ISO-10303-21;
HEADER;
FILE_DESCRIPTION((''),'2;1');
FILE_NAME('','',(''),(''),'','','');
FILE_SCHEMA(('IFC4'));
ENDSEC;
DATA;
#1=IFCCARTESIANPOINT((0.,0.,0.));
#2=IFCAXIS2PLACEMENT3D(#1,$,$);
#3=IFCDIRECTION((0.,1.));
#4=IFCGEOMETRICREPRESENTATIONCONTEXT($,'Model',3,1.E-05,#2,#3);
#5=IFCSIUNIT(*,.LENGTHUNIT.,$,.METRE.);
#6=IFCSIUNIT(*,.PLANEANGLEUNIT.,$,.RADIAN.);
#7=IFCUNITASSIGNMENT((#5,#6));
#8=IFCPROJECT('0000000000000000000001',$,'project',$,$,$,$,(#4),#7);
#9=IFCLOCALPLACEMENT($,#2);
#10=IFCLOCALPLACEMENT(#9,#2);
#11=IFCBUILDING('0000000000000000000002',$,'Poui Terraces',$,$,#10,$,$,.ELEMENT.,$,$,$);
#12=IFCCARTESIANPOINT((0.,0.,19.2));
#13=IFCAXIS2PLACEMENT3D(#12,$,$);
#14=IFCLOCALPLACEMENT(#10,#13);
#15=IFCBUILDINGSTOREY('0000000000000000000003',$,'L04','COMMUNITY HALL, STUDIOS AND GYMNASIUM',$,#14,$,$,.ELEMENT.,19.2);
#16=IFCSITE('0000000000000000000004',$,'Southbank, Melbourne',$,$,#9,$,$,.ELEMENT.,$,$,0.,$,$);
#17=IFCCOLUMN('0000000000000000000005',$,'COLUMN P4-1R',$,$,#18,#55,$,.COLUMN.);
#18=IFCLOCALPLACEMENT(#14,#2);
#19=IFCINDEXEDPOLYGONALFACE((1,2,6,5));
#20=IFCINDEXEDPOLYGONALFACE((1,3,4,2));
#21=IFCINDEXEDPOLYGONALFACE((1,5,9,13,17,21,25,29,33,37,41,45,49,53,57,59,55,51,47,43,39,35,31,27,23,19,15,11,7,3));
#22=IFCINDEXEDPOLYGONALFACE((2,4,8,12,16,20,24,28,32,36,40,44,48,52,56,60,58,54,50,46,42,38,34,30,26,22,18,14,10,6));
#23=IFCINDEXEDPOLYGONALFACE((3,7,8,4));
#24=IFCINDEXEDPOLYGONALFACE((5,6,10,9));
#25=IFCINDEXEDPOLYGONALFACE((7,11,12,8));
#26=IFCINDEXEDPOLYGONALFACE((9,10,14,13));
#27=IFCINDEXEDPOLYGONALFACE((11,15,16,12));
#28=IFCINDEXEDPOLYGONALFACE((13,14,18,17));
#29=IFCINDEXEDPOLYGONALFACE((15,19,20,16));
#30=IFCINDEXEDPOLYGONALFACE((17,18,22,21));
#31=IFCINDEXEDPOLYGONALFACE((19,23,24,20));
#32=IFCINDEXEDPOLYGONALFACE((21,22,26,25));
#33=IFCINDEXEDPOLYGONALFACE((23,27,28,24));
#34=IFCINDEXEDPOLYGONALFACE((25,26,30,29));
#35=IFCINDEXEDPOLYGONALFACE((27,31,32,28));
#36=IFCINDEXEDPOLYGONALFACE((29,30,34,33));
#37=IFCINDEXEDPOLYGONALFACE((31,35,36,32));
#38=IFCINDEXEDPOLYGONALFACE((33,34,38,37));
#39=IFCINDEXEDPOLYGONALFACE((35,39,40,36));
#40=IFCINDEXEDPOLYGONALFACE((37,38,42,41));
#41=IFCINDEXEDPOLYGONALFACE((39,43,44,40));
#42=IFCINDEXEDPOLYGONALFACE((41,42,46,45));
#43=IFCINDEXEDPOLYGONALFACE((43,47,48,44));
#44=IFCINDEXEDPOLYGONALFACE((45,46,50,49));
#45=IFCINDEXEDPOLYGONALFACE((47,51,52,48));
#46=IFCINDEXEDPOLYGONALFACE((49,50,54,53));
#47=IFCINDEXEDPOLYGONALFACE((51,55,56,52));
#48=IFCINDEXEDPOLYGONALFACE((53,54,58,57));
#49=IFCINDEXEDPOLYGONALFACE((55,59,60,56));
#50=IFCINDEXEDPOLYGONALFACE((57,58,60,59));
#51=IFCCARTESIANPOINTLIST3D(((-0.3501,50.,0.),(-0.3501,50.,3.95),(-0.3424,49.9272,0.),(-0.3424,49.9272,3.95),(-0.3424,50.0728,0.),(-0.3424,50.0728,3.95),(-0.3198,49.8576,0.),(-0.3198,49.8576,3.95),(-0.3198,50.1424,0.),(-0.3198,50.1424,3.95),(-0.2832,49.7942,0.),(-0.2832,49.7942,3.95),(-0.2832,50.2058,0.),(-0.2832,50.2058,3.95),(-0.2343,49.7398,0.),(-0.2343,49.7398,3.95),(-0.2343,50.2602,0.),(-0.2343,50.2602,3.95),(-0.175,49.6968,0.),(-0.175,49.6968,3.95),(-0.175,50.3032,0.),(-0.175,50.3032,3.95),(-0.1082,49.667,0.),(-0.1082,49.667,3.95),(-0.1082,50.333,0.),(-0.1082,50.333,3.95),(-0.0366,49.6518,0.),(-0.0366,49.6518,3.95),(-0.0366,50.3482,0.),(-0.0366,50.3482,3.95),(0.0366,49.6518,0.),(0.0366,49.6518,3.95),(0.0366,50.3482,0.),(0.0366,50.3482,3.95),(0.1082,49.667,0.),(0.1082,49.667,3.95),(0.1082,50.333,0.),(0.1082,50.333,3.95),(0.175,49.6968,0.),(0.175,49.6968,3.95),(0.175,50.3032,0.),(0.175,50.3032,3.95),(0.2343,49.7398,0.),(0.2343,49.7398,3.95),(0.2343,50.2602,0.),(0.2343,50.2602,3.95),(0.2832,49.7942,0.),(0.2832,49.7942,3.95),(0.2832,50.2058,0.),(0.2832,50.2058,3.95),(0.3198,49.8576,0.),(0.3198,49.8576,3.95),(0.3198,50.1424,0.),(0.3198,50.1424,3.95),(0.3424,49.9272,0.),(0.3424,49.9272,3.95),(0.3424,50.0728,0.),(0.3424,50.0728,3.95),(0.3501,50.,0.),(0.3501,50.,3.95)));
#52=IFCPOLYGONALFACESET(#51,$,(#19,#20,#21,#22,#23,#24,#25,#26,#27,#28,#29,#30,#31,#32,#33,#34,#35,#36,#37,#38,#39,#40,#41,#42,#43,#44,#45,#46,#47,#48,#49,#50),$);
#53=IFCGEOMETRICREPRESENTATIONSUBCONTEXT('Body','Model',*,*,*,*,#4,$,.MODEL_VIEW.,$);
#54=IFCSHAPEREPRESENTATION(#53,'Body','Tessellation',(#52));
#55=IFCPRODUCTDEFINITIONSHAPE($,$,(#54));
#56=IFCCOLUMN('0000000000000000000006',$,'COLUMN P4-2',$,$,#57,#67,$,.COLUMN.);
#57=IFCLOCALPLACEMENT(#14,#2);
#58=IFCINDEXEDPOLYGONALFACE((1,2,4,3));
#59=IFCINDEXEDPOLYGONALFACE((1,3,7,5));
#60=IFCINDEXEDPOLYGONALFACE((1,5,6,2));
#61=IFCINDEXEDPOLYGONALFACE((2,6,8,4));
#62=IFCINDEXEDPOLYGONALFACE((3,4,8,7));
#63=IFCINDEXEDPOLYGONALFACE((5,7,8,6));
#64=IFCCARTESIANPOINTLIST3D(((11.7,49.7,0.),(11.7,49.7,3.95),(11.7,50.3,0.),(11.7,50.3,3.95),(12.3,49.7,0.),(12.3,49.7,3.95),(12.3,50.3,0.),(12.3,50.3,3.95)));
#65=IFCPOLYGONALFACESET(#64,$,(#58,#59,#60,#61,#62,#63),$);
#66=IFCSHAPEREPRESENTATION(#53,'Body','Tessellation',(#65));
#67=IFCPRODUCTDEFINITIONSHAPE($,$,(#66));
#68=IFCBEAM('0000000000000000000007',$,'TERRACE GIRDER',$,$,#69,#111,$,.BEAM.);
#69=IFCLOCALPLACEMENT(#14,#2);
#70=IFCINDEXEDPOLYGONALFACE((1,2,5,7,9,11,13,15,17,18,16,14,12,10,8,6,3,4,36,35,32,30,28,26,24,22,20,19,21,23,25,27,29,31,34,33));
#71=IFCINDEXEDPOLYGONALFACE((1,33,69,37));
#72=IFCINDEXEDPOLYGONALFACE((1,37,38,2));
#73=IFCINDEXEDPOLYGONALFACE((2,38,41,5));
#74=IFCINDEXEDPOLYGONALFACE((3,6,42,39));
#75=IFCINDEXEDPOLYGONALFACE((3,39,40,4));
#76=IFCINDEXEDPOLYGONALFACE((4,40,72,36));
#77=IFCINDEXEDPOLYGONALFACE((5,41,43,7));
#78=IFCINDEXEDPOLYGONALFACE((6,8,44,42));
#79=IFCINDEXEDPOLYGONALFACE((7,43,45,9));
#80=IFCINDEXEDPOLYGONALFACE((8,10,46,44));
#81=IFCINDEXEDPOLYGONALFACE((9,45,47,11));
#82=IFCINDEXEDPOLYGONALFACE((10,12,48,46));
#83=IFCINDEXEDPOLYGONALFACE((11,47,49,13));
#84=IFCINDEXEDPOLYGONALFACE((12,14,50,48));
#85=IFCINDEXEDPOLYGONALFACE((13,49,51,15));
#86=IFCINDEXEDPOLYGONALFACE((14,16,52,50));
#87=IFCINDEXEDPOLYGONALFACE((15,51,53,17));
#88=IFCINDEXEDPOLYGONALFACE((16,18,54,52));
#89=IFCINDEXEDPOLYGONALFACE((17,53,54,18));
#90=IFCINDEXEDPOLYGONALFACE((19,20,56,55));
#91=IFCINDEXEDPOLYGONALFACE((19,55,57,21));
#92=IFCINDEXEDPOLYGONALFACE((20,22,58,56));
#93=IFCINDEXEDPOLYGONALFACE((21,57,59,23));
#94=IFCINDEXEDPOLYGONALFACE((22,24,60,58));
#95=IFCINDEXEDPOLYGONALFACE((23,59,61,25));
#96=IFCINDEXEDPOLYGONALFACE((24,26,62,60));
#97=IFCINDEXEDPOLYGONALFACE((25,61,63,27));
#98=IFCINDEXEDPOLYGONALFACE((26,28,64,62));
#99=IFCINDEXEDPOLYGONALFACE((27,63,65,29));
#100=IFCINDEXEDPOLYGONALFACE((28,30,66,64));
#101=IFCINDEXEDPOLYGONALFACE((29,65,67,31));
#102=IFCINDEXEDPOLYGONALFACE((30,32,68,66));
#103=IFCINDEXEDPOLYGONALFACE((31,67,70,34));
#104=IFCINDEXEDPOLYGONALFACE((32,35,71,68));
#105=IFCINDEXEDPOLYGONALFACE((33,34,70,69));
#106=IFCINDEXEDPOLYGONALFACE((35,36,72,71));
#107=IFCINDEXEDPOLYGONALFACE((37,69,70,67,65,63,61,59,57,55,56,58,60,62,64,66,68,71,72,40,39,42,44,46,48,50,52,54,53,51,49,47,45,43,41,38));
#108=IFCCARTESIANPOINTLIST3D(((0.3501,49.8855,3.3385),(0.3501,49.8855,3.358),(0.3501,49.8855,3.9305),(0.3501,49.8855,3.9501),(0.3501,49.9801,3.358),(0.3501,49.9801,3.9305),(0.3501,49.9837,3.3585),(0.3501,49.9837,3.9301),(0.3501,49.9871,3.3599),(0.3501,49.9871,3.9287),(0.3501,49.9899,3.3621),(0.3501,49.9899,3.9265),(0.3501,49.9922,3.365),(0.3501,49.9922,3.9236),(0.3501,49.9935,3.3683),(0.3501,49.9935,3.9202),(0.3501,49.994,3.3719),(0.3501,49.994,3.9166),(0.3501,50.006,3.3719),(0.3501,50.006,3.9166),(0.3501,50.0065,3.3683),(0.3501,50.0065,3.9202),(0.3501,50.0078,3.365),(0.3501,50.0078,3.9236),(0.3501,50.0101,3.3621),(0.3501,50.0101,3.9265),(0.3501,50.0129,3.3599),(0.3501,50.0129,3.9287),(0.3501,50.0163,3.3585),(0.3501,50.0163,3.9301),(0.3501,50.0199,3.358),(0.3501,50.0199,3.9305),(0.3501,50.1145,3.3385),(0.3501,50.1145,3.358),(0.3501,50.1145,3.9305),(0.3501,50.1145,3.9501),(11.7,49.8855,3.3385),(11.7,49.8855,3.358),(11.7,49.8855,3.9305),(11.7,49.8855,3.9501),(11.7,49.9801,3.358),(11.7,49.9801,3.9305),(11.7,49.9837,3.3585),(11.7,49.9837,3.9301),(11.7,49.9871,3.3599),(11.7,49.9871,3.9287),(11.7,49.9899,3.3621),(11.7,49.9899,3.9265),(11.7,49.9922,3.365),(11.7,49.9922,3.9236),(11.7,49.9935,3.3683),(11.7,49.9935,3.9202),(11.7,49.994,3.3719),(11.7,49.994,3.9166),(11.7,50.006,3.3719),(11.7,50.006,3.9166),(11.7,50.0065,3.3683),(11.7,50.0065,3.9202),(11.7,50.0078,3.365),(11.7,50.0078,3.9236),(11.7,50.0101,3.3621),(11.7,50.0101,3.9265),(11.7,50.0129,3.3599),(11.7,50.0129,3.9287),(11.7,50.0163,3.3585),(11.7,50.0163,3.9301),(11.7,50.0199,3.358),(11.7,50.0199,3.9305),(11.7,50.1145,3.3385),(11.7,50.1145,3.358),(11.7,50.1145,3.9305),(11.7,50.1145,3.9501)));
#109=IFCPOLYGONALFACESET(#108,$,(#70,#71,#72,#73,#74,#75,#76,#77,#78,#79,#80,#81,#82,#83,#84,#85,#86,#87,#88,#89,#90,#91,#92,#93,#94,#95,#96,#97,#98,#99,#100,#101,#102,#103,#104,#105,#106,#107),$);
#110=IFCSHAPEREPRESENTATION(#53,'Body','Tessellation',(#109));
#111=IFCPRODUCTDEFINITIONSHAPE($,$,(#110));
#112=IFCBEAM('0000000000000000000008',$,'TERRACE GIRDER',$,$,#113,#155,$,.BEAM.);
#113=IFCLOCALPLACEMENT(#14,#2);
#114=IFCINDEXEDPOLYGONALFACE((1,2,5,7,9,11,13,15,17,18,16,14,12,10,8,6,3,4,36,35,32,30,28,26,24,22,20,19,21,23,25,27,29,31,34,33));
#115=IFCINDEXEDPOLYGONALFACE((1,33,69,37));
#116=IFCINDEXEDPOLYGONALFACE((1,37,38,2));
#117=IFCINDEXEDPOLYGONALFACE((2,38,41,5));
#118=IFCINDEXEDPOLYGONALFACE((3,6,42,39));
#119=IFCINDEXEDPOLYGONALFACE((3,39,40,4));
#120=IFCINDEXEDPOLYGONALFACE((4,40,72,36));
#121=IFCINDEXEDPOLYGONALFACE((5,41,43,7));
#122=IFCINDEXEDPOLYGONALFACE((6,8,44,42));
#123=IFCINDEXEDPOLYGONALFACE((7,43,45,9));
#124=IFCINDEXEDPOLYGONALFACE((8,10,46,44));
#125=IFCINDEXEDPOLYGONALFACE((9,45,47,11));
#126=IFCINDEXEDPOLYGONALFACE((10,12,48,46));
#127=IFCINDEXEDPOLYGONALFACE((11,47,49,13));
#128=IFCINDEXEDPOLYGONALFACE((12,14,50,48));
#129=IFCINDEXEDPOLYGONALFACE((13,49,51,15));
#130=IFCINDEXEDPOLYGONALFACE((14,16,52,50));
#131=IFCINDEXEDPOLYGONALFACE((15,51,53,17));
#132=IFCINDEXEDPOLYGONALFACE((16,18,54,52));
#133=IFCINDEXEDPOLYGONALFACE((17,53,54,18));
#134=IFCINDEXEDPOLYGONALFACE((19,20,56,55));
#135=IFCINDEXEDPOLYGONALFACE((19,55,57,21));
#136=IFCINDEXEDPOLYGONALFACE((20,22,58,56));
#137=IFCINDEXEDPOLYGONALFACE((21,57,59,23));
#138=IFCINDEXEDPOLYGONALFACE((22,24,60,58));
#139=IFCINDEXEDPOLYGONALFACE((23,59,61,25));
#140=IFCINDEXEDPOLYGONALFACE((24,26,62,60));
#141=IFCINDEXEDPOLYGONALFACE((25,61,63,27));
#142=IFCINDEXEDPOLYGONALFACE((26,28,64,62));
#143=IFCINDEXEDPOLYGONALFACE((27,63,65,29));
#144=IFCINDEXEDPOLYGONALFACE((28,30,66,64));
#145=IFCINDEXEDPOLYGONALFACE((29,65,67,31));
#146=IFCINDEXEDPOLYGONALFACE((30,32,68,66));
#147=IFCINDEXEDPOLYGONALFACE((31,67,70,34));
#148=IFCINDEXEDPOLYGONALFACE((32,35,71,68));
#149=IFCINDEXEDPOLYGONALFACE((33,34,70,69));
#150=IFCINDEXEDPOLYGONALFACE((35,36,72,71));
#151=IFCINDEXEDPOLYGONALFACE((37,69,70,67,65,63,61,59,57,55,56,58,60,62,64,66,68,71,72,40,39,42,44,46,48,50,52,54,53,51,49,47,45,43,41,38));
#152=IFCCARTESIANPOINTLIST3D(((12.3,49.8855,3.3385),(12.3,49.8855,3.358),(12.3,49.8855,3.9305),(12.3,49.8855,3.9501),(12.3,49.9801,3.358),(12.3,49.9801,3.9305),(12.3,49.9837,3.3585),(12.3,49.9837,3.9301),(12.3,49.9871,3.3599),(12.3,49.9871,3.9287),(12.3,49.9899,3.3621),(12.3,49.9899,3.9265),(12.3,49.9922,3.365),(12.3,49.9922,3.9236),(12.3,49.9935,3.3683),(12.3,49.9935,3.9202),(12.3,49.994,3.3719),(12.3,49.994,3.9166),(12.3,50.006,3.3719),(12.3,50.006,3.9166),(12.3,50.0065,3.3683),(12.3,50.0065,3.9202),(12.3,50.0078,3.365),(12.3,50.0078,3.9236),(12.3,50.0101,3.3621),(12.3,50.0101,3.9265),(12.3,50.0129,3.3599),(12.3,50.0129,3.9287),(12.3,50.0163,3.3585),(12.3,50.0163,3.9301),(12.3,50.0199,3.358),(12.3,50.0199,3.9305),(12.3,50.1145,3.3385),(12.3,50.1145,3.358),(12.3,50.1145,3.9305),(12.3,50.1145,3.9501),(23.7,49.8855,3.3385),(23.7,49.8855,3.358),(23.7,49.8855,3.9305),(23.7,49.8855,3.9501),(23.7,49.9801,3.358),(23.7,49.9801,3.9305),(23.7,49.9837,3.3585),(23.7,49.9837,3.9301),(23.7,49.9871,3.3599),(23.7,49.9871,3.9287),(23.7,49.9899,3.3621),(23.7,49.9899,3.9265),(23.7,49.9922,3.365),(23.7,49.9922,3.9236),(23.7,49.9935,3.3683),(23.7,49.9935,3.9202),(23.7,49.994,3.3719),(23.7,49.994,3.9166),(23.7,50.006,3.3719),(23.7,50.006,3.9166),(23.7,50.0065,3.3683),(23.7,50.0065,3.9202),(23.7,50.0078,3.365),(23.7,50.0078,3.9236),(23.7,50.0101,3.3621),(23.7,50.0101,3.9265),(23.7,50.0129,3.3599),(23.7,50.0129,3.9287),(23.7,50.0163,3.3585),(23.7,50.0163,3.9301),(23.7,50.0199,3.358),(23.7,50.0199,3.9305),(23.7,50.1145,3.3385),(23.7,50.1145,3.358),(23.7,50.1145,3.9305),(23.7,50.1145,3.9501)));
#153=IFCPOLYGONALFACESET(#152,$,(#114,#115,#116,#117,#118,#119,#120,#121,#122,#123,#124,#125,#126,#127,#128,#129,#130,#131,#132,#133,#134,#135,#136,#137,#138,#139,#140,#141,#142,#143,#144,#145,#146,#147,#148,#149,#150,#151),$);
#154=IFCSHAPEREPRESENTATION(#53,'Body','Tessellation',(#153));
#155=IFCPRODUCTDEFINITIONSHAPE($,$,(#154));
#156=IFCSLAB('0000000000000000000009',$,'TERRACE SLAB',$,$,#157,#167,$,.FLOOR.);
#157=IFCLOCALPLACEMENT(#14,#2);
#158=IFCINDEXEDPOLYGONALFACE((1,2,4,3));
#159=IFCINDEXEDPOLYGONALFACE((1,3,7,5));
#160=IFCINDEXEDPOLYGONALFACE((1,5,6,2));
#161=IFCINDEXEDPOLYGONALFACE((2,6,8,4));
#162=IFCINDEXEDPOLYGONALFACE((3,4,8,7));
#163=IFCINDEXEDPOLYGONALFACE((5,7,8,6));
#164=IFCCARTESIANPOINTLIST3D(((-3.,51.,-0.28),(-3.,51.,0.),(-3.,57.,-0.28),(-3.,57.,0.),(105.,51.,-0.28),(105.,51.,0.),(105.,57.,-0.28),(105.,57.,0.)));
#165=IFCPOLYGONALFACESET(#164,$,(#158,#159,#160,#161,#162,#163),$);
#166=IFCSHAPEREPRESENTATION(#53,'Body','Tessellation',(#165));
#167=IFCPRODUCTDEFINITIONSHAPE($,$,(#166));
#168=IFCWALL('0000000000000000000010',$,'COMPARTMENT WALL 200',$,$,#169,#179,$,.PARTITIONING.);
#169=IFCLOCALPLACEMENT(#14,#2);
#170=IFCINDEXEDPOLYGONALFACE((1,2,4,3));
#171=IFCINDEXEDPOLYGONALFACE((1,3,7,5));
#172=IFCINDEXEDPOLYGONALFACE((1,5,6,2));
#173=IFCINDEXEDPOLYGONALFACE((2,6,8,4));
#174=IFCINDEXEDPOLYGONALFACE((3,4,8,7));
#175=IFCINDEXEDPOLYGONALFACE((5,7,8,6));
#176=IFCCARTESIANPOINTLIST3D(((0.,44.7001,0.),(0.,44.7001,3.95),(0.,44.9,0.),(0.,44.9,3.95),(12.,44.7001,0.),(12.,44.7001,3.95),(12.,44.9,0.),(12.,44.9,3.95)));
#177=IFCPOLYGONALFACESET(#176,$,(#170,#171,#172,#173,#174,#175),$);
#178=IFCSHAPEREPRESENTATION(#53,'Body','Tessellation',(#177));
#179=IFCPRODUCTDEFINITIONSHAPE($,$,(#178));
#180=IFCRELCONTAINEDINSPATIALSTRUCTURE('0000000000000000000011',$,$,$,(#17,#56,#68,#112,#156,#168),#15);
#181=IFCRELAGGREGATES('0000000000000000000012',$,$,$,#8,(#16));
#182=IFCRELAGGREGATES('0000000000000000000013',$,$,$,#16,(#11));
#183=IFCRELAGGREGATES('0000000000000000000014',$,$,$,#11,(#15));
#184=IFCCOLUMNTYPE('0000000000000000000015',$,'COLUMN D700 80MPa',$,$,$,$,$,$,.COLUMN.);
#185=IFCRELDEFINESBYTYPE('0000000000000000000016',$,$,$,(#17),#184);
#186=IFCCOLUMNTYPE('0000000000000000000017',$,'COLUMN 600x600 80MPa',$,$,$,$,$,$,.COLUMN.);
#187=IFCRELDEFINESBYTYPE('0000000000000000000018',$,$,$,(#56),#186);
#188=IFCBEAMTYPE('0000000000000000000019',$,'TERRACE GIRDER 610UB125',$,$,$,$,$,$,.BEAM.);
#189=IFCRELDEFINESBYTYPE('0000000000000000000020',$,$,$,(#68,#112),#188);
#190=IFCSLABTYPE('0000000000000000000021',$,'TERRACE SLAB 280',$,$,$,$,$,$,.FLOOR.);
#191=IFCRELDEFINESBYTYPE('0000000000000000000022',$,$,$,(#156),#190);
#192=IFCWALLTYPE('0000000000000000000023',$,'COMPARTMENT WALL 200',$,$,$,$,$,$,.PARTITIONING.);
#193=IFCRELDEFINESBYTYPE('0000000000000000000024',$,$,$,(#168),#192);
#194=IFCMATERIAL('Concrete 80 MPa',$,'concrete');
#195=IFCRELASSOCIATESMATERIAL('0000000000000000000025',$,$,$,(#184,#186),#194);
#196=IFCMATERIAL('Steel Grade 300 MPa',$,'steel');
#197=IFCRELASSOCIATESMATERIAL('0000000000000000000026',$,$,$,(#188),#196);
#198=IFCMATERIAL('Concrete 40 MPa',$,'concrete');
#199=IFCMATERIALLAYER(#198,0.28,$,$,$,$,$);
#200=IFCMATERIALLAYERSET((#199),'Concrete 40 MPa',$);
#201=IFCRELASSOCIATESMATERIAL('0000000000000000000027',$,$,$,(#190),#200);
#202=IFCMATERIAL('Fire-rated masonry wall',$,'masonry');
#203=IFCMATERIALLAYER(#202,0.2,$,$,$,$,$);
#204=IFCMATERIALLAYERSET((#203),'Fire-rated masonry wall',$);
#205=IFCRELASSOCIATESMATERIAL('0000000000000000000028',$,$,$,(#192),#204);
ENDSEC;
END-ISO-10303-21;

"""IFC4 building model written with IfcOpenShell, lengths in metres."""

from ifc_helpers import new_model, si_unit, direction, frame, frame_2d, origin, origin_2d, place, context, subcontext, project, spatial, polyline, rectangle, circle, i_section, outline, extrude, source, transform, mapped, material, layer, layer_set, material_profile, profile_set, type_object, element, save


model = new_model("IFC4")

# Units and contexts
model_context = context("Model", 3, precision=1e-05, world=origin(), true_north=direction((0.0, 1.0)))
body_context = subcontext(model_context, "Body", "Model", "MODEL_VIEW")
ifc_project = project(units=[si_unit("LENGTHUNIT", "METRE"), si_unit("PLANEANGLEUNIT", "RADIAN")], contexts=[model_context])

# Site, building, storey
site_placement = place(None, origin())
site = spatial("IfcSite", under=ifc_project, at=site_placement, Name="Southbank, Melbourne", CompositionType="ELEMENT", RefElevation=0.0)
building_placement = place(site_placement, origin())
building = spatial("IfcBuilding", under=site, at=building_placement, Name="Poui Terraces", CompositionType="ELEMENT")
storey_placement = place(building_placement, frame((0.0, 0.0, 19.2)))
storey = spatial("IfcBuildingStorey", under=building, at=storey_placement, Name="L04", Description="COMMUNITY HALL, STUDIOS AND GYMNASIUM", CompositionType="ELEMENT", Elevation=19.2)

# Columns
ifc_material_1 = material(Name="Concrete 80 MPa", Category="concrete")
ifc_material_profile_1 = material_profile(ifc_material_1, circle(Radius=0.3501, at=origin_2d()), Name="RC D700")
ifc_profile_set_1 = profile_set([ifc_material_profile_1], Name="Concrete 80 MPa")
column_type_1 = type_object("IfcColumnType", Name="COLUMN D700 80MPa", PredefinedType="COLUMN", material=ifc_profile_set_1)
shared_shape_1 = source(origin(), body_context, "Body", "SweptSolid", [
    extrude(circle(Radius=0.3501, at=origin_2d()), origin(), (0.0, 0.0, 1.0), 3.95),
])
column_1_placement = place(storey_placement, frame((0.0, 50.0, 0.0), z_axis=(0.0, 0.0, 1.0), x_axis=(1.0, 0.0, 0.0)))
element("IfcColumn", 1, at=column_1_placement, inside=storey, type_object=column_type_1, Name="COLUMN P4-1R", PredefinedType="COLUMN", context=body_context, shape_type="MappedRepresentation", body=[
    mapped(shared_shape_1, transform((0.0, 0.0, 0.0))),
])
ifc_material_profile_2 = material_profile(ifc_material_1, rectangle(XDim=0.6001, YDim=0.6001, at=origin_2d()), Name="RC 600x600")
ifc_profile_set_2 = profile_set([ifc_material_profile_2], Name="Concrete 80 MPa")
column_type_2 = type_object("IfcColumnType", Name="COLUMN 600x600 80MPa", PredefinedType="COLUMN", material=ifc_profile_set_2)
shared_shape_2 = source(origin(), body_context, "Body", "SweptSolid", [
    extrude(rectangle(XDim=0.6001, YDim=0.6001, at=origin_2d()), origin(), (0.0, 0.0, 1.0), 3.95),
])
column_2_placement = place(storey_placement, frame((12.0, 50.0, 0.0), z_axis=(0.0, 0.0, 1.0), x_axis=(1.0, 0.0, 0.0)))
element("IfcColumn", 2, at=column_2_placement, inside=storey, type_object=column_type_2, Name="COLUMN P4-2", PredefinedType="COLUMN", context=body_context, shape_type="MappedRepresentation", body=[
    mapped(shared_shape_2, transform((0.0, 0.0, 0.0))),
])

# Beams
ifc_material_2 = material(Name="Steel Grade 300 MPa", Category="steel")
ifc_material_profile_3 = material_profile(ifc_material_2, i_section(OverallWidth=0.229, OverallDepth=0.6116, WebThickness=0.012, FlangeThickness=0.0195, FilletRadius=0.0139, at=origin_2d()), Name="610UB125")
ifc_profile_set_3 = profile_set([ifc_material_profile_3], Name="Steel Grade 300 MPa")
beam_type = type_object("IfcBeamType", Name="TERRACE GIRDER 610UB125", PredefinedType="BEAM", material=ifc_profile_set_3)
shared_shape_3 = source(origin(), body_context, "Body", "SweptSolid", [
    extrude(i_section(OverallWidth=0.229, OverallDepth=0.6116, WebThickness=0.012, FlangeThickness=0.0195, FilletRadius=0.0139, at=origin_2d()), origin(), (0.0, 0.0, 1.0), 11.3499),
])
beam_1_placement = place(storey_placement, frame((0.3501, 50.0, 3.6443), z_axis=(1.0, 0.0, 0.0), x_axis=(0.0, 1.0, 0.0)))
element("IfcBeam", 3, at=beam_1_placement, inside=storey, type_object=beam_type, Name="TERRACE GIRDER", PredefinedType="BEAM", context=body_context, shape_type="MappedRepresentation", body=[
    mapped(shared_shape_3, transform((0.0, 0.0, 0.0))),
])
shared_shape_4 = source(origin(), body_context, "Body", "SweptSolid", [
    extrude(i_section(OverallWidth=0.229, OverallDepth=0.6116, WebThickness=0.012, FlangeThickness=0.0195, FilletRadius=0.0139, at=origin_2d()), origin(), (0.0, 0.0, 1.0), 11.3999),
])
beam_2_placement = place(storey_placement, frame((12.3, 50.0, 3.6443), z_axis=(1.0, 0.0, 0.0), x_axis=(0.0, 1.0, 0.0)))
element("IfcBeam", 4, at=beam_2_placement, inside=storey, type_object=beam_type, Name="TERRACE GIRDER", PredefinedType="BEAM", context=body_context, shape_type="MappedRepresentation", body=[
    mapped(shared_shape_4, transform((0.0, 0.0, 0.0))),
])

# Slab
ifc_material_3 = material(Name="Concrete 40 MPa", Category="concrete")
ifc_layer_1 = layer(ifc_material_3, 0.28)
ifc_layer_set_1 = layer_set([ifc_layer_1], Name="Concrete 40 MPa")
slab_type = type_object("IfcSlabType", Name="TERRACE SLAB 280", PredefinedType="FLOOR", material=ifc_layer_set_1)
shared_shape_5 = source(origin(), body_context, "Body", "SweptSolid", [
    extrude(outline(polyline([(0.0, 0.0), (0.0, -6.0), (108.0, -6.0), (108.0, 0.0), (0.0, 0.0)])), origin(), (0.0, 0.0, 1.0), 0.28),
])
slab_placement = place(storey_placement, frame((-3.0, 57.0, -0.28)))
element("IfcSlab", 5, at=slab_placement, inside=storey, type_object=slab_type, Name="TERRACE SLAB", PredefinedType="FLOOR", context=body_context, shape_type="MappedRepresentation", body=[
    mapped(shared_shape_5, transform((0.0, 0.0, 0.0))),
])

# Wall
ifc_material_4 = material(Name="Fire-rated masonry wall", Category="masonry")
ifc_layer_2 = layer(ifc_material_4, 0.2)
ifc_layer_set_2 = layer_set([ifc_layer_2], Name="Fire-rated masonry wall")
wall_type_1 = type_object("IfcWallType", Name="COMPARTMENT WALL 200", PredefinedType="PARTITIONING", material=ifc_layer_set_2)
wall_1_placement = place(storey_placement, frame((0.0, 44.8, 0.0), z_axis=(0.0, 0.0, 1.0), x_axis=(1.0, 0.0, 0.0)))
element("IfcWall", 6, at=wall_1_placement, inside=storey, type_object=wall_type_1, Name="COMPARTMENT WALL 200", PredefinedType="PARTITIONING", context=body_context, shape_type="SweptSolid", body=[
    extrude(rectangle(XDim=12.0, YDim=0.2, at=frame_2d((6.0, 0.0))), origin(), (0.0, 0.0, 1.0), 3.95),
])

save(model, "model.ifc")
